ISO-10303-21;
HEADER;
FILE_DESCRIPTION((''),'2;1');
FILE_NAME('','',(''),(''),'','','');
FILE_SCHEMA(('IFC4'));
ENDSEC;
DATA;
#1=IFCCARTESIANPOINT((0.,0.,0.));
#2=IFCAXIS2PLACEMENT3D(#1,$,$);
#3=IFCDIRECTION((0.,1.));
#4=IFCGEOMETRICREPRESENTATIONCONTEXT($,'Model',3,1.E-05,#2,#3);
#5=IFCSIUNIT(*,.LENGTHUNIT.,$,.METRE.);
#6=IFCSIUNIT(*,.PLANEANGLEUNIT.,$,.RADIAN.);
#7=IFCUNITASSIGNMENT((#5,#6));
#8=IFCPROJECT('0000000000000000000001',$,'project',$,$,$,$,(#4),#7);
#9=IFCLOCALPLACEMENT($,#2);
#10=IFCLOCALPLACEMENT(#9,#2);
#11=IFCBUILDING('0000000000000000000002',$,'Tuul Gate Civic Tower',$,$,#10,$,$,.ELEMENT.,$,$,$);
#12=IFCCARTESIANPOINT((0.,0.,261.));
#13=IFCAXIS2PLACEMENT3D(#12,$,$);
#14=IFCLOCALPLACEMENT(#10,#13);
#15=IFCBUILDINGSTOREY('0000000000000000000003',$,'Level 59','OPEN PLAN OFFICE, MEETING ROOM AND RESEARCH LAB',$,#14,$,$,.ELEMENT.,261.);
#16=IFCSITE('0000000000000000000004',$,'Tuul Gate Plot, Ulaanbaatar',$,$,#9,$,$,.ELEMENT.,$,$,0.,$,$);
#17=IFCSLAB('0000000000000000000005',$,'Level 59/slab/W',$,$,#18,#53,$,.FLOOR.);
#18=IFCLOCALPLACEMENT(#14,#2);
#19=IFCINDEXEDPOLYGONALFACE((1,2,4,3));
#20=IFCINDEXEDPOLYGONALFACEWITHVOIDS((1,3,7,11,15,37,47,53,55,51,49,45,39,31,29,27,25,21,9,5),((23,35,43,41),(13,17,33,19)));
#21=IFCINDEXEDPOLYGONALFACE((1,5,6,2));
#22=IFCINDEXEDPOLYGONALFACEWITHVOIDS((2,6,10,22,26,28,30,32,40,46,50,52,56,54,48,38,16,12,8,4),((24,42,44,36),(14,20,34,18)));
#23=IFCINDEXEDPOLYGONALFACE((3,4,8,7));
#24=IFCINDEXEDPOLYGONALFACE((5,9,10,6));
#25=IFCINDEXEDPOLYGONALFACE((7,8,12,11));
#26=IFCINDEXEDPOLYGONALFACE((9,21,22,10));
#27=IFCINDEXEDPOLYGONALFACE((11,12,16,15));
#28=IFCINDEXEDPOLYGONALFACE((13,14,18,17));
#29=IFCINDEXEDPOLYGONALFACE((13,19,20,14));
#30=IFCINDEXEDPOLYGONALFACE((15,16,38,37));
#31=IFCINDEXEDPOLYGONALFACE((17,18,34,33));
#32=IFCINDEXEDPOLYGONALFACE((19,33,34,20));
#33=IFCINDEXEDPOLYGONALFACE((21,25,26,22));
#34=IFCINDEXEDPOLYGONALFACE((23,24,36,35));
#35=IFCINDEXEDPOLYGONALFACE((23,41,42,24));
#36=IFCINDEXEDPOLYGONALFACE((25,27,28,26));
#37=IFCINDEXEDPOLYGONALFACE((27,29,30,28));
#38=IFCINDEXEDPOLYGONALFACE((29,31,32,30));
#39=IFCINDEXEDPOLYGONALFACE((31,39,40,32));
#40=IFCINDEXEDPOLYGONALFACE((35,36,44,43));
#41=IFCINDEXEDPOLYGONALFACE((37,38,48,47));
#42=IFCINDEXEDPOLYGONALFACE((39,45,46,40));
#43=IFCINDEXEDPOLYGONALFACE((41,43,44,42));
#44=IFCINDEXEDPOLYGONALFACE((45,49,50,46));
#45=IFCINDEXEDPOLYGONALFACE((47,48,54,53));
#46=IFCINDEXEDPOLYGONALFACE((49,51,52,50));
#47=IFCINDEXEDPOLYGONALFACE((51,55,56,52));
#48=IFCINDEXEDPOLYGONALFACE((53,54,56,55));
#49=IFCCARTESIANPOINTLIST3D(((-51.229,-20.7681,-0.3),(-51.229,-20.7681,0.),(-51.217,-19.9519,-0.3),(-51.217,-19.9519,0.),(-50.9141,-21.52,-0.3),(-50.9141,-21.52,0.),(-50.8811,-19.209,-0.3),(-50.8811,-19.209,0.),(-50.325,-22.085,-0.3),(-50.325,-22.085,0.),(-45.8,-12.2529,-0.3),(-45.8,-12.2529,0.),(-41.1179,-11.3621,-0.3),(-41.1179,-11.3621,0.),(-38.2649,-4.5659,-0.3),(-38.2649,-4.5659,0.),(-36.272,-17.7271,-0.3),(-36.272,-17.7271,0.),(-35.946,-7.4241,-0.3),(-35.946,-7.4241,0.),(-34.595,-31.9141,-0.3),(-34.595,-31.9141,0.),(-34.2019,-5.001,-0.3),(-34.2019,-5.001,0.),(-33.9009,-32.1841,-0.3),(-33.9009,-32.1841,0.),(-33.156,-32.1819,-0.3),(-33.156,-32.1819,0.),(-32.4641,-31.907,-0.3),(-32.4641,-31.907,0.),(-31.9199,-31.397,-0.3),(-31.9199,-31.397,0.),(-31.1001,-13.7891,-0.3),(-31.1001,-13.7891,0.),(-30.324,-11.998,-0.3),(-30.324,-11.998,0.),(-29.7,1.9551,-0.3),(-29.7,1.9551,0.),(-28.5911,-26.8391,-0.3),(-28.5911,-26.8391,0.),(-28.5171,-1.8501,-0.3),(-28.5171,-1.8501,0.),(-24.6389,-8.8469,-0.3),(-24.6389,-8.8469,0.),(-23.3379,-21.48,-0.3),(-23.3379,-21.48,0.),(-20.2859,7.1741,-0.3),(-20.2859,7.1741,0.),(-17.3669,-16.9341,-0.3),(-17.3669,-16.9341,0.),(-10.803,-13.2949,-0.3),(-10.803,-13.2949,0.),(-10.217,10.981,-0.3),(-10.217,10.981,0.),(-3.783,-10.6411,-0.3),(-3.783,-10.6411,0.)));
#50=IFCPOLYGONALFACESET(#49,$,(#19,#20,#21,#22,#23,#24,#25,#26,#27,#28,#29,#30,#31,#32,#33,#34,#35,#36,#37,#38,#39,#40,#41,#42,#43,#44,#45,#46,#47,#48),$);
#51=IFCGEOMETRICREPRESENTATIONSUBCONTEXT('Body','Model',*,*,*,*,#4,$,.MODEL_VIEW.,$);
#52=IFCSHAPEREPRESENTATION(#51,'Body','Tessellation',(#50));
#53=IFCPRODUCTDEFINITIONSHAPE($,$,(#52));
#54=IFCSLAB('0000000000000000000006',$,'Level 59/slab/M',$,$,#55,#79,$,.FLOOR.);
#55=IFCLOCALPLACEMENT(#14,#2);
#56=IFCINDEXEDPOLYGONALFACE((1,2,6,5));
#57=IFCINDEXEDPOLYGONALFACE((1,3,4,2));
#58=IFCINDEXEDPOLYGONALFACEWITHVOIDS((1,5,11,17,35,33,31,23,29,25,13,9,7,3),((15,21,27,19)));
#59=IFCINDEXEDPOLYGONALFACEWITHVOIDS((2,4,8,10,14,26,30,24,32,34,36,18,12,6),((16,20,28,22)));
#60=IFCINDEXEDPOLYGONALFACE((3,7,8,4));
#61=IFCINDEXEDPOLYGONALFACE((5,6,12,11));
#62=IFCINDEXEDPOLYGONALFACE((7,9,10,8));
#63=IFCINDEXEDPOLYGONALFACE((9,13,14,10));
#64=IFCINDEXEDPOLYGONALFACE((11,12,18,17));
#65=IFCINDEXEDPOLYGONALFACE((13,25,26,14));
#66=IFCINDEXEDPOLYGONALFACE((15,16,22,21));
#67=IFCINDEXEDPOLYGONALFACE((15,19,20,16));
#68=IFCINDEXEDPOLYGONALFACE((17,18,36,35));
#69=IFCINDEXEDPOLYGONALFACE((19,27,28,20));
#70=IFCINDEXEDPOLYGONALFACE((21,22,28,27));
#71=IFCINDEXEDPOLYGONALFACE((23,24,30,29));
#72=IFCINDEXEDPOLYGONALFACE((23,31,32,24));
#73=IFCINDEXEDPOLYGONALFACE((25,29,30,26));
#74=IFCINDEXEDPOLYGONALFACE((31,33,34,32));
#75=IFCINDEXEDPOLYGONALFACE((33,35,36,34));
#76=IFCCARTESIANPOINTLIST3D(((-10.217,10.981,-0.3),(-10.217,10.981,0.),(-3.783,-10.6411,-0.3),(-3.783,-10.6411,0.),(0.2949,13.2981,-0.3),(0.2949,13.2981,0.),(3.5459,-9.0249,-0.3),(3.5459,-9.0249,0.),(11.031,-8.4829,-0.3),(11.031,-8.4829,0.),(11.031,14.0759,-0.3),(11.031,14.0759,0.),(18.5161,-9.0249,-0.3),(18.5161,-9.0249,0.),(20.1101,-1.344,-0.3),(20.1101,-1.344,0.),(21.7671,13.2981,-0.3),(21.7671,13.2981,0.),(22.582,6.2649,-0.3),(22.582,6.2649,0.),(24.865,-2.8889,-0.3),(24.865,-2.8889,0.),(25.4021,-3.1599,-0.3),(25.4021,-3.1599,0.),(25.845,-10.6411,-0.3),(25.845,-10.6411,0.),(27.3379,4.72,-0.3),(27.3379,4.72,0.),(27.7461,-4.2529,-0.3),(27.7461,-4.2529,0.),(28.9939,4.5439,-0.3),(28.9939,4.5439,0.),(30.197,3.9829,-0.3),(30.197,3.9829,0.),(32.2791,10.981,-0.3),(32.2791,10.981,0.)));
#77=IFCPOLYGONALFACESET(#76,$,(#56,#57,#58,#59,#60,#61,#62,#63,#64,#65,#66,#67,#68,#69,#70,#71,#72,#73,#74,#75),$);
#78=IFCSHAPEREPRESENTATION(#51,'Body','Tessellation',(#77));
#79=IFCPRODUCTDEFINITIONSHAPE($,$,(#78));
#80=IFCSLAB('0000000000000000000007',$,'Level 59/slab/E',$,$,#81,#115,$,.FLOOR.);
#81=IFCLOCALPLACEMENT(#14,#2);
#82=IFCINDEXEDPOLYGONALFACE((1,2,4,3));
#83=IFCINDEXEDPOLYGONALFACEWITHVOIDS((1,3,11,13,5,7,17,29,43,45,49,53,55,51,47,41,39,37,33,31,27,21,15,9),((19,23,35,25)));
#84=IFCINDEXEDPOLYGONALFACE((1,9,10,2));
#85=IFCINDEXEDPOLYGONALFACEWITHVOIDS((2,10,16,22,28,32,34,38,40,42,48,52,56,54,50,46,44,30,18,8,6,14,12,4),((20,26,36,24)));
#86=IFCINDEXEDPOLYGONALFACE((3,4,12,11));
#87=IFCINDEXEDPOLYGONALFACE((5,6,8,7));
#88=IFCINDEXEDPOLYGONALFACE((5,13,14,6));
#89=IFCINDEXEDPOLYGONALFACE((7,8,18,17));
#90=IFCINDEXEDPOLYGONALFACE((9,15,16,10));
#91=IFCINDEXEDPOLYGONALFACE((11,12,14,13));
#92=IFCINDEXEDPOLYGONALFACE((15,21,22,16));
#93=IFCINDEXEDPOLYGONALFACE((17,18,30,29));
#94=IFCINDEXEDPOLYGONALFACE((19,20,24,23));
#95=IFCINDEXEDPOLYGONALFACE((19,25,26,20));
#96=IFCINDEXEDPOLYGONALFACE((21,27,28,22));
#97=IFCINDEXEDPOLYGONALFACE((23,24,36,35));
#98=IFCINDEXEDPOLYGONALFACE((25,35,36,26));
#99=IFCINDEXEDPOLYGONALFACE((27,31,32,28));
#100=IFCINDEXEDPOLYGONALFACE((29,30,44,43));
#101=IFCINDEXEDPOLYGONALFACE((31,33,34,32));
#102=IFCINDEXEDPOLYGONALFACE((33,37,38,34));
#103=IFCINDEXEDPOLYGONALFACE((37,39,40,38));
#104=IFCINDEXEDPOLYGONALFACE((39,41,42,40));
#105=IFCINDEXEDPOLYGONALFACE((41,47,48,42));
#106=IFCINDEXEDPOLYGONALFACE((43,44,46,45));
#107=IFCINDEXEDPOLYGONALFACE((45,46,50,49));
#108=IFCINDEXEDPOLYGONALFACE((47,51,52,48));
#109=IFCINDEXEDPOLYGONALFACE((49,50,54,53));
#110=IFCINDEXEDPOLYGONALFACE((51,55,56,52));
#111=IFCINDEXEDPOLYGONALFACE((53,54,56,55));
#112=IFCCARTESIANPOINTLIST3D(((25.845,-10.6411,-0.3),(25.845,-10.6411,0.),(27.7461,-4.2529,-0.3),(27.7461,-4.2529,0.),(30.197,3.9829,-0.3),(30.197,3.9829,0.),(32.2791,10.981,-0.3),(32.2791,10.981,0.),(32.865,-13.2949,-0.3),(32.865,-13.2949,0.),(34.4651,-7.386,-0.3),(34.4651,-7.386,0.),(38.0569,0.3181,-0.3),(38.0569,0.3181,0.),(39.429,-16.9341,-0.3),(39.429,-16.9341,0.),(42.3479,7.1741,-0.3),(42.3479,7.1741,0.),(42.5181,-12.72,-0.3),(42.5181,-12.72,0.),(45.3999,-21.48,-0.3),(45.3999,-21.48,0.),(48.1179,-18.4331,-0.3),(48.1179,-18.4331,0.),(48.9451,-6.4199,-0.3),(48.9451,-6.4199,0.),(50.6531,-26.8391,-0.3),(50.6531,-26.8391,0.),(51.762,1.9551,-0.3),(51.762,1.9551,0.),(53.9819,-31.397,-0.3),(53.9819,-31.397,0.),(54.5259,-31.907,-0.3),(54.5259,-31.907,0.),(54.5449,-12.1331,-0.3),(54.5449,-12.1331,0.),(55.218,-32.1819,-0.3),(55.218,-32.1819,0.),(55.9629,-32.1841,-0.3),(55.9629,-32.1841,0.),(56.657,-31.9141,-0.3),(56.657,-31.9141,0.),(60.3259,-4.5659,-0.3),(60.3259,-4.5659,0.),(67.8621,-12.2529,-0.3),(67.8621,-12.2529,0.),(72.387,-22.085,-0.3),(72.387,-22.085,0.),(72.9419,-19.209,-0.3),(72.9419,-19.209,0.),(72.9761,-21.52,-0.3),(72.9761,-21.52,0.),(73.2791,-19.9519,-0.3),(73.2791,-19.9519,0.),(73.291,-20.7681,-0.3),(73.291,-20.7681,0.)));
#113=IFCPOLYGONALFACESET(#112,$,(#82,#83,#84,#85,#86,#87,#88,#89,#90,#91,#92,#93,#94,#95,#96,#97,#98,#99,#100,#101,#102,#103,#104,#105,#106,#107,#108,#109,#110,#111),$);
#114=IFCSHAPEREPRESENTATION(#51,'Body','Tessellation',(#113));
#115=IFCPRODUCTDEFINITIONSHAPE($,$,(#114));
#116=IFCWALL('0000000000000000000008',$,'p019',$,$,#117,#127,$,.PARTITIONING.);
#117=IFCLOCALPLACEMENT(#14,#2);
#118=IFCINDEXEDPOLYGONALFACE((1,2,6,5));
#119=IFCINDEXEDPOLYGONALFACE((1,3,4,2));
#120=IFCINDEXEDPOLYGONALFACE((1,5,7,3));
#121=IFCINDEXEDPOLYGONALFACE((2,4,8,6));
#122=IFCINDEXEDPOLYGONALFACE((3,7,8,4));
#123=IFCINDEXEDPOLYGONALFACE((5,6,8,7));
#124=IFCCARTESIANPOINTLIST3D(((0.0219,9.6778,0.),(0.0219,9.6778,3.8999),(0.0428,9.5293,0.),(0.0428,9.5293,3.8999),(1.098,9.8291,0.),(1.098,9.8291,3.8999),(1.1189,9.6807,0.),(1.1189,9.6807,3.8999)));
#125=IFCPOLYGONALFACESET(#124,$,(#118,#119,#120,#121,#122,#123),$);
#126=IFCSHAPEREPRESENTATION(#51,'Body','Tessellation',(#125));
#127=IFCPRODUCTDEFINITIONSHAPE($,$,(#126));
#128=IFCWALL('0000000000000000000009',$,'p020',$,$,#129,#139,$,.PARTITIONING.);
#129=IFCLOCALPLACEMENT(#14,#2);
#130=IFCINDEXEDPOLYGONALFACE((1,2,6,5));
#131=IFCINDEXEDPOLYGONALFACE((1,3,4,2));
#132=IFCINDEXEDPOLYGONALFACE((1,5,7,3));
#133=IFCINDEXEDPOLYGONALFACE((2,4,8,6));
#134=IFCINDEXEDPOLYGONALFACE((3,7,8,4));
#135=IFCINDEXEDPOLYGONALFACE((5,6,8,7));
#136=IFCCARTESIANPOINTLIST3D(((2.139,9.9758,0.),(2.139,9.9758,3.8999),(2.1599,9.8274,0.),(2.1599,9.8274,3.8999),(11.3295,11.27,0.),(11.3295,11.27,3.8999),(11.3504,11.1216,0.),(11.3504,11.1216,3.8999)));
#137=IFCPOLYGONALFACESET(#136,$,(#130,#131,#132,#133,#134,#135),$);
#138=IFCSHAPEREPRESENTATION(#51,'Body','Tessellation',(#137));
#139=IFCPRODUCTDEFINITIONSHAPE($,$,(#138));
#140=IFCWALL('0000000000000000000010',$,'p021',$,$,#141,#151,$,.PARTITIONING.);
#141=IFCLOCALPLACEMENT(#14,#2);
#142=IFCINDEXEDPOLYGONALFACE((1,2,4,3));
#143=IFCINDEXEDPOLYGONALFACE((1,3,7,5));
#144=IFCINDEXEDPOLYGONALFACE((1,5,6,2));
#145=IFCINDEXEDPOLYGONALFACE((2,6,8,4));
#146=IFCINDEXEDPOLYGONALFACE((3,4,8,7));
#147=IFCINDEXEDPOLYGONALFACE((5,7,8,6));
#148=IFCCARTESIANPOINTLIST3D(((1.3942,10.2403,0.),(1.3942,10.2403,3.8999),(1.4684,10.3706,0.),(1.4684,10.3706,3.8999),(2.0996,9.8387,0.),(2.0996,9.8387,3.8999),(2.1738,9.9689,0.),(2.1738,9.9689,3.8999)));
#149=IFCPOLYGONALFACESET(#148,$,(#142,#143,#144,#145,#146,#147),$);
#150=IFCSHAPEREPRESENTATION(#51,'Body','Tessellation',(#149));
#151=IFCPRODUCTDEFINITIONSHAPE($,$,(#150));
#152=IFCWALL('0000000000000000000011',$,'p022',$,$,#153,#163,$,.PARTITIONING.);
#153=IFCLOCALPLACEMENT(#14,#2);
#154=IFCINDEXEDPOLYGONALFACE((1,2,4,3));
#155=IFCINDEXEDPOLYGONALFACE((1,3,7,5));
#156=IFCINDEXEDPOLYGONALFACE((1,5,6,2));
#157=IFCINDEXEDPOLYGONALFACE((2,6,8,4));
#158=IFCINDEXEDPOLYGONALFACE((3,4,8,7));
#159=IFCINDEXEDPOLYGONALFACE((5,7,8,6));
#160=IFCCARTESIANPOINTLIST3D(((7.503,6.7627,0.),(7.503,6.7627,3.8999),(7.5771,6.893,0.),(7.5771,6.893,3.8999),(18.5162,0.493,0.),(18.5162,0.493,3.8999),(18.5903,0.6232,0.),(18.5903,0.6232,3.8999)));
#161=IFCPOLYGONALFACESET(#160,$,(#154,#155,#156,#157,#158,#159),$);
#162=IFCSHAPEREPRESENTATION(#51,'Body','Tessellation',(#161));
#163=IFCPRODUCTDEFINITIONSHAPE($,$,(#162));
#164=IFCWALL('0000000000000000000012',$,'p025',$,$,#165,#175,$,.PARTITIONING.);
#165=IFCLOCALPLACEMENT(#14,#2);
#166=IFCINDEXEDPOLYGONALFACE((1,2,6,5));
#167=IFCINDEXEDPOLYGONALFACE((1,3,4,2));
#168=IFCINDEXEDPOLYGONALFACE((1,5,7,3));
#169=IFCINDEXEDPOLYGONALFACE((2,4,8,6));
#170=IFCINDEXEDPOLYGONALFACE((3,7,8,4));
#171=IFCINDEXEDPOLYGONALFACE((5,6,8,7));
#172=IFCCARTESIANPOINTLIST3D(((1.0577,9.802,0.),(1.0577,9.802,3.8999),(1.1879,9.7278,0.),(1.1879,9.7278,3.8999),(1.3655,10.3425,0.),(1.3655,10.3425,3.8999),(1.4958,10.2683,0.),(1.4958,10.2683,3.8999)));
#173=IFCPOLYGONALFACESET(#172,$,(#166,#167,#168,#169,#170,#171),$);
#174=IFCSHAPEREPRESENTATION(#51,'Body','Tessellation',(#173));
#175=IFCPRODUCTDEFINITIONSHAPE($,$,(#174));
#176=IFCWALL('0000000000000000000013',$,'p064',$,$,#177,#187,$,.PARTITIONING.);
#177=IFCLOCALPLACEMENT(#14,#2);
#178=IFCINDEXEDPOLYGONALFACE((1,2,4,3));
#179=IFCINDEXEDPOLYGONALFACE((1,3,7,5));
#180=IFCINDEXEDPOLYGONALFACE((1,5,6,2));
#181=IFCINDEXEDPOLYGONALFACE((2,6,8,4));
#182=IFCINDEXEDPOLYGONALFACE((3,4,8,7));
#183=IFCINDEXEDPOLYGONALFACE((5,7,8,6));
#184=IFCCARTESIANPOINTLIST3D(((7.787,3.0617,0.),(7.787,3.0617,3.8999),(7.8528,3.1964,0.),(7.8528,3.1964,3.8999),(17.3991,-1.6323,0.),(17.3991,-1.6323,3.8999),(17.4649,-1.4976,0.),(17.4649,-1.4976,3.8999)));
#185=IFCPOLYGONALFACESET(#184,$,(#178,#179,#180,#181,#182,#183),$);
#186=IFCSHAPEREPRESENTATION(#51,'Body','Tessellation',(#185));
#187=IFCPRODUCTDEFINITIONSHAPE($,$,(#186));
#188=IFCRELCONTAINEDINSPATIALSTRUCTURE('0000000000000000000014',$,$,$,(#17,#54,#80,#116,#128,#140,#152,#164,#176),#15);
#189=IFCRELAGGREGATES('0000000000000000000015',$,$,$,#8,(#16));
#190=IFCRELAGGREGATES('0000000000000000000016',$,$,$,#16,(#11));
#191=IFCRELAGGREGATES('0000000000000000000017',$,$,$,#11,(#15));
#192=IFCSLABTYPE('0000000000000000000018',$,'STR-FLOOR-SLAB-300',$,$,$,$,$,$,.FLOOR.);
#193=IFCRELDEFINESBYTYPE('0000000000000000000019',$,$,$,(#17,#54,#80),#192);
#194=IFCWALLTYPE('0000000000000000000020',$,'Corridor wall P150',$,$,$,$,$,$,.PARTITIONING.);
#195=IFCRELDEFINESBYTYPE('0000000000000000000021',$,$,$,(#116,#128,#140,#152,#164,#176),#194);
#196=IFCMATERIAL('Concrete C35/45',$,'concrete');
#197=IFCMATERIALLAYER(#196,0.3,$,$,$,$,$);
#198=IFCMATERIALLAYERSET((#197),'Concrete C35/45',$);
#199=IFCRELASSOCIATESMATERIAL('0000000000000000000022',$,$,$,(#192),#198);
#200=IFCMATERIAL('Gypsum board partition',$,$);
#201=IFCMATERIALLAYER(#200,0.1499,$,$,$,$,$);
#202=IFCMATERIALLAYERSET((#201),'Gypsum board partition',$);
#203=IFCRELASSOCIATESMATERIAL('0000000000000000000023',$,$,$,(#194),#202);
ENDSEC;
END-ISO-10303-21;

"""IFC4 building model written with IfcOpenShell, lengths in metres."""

from ifc_helpers import new_model, si_unit, direction, frame, frame_2d, origin, place, context, subcontext, project, spatial, polyline, rectangle, outline, extrude, material, layer, layer_set, type_object, element, save


model = new_model("IFC4")

# Units and contexts
model_context = context("Model", 3, precision=1e-05, world=origin(), true_north=direction((0.0, 1.0)))
body_context = subcontext(model_context, "Body", "Model", "MODEL_VIEW")
ifc_project = project(units=[si_unit("LENGTHUNIT", "METRE"), si_unit("PLANEANGLEUNIT", "RADIAN")], contexts=[model_context])

# Site, building, storey
site_placement = place(None, origin())
site = spatial("IfcSite", under=ifc_project, at=site_placement, Name="Tuul Gate Plot, Ulaanbaatar", CompositionType="ELEMENT", RefElevation=0.0)
building_placement = place(site_placement, origin())
building = spatial("IfcBuilding", under=site, at=building_placement, Name="Tuul Gate Civic Tower", CompositionType="ELEMENT")
storey_placement = place(building_placement, frame((0.0, 0.0, 261.0)))
storey = spatial("IfcBuildingStorey", under=building, at=storey_placement, Name="Level 59", Description="OPEN PLAN OFFICE, MEETING ROOM AND RESEARCH LAB", CompositionType="ELEMENT", Elevation=261.0)

# Slabs
ifc_material_1 = material(Name="Concrete C35/45", Category="concrete")
ifc_layer_1 = layer(ifc_material_1, 0.3)
ifc_layer_set_1 = layer_set([ifc_layer_1], Name="Concrete C35/45")
slab_type_1 = type_object("IfcSlabType", Name="STR-FLOOR-SLAB-300", PredefinedType="FLOOR", material=ifc_layer_set_1)
slab_1_placement = place(storey_placement, frame((0.0, 0.0, -0.3)))
element("IfcSlab", 1, at=slab_1_placement, inside=storey, type_object=slab_type_1, Name="Level 59/slab/W", PredefinedType="FLOOR", context=body_context, shape_type="SweptSolid", body=[
    extrude(outline(polyline([(-10.803, -13.2949), (-3.783, -10.6411), (-10.217, 10.981), (-20.2859, 7.1741), (-29.7, 1.9551), (-38.2649, -4.5659), (-45.8, -12.2529), (-50.8811, -19.209), (-51.217, -19.9519), (-51.229, -20.7681), (-50.9141, -21.52), (-50.325, -22.085), (-34.595, -31.9141), (-33.9009, -32.1841), (-33.156, -32.1819), (-32.4641, -31.907), (-31.9199, -31.397), (-28.5911, -26.8391), (-23.3379, -21.48), (-17.3669, -16.9341), (-10.803, -13.2949)]), holes=[polyline([(-31.1001, -13.7891), (-36.272, -17.7271), (-41.1179, -11.3621), (-35.946, -7.4241), (-31.1001, -13.7891)]), polyline([(-24.6389, -8.8469), (-30.324, -11.998), (-34.2019, -5.001), (-28.5171, -1.8501), (-24.6389, -8.8469)])]), origin(), (0.0, 0.0, 1.0), 0.3),
])
slab_2_placement = place(storey_placement, frame((0.0, 0.0, -0.3)))
element("IfcSlab", 2, at=slab_2_placement, inside=storey, type_object=slab_type_1, Name="Level 59/slab/M", PredefinedType="FLOOR", context=body_context, shape_type="SweptSolid", body=[
    extrude(outline(polyline([(18.5161, -9.0249), (25.845, -10.6411), (27.7461, -4.2529), (25.4021, -3.1599), (28.9939, 4.5439), (30.197, 3.9829), (32.2791, 10.981), (21.7671, 13.2981), (11.031, 14.0759), (0.2949, 13.2981), (-10.217, 10.981), (-3.783, -10.6411), (3.5459, -9.0249), (11.031, -8.4829), (18.5161, -9.0249)]), holes=[polyline([(20.1101, -1.344), (22.582, 6.2649), (27.3379, 4.72), (24.865, -2.8889), (20.1101, -1.344)])]), origin(), (0.0, 0.0, 1.0), 0.3),
])
slab_3_placement = place(storey_placement, frame((0.0, 0.0, -0.3)))
element("IfcSlab", 3, at=slab_3_placement, inside=storey, type_object=slab_type_1, Name="Level 59/slab/E", PredefinedType="FLOOR", context=body_context, shape_type="SweptSolid", body=[
    extrude(outline(polyline([(55.9629, -32.1841), (56.657, -31.9141), (72.387, -22.085), (72.9761, -21.52), (73.291, -20.7681), (73.2791, -19.9519), (72.9419, -19.209), (67.8621, -12.2529), (60.3259, -4.5659), (51.762, 1.9551), (42.3479, 7.1741), (32.2791, 10.981), (30.197, 3.9829), (38.0569, 0.3181), (34.4651, -7.386), (27.7461, -4.2529), (25.845, -10.6411), (32.865, -13.2949), (39.429, -16.9341), (45.3999, -21.48), (50.6531, -26.8391), (53.9819, -31.397), (54.5259, -31.907), (55.218, -32.1819), (55.9629, -32.1841)]), holes=[polyline([(48.1179, -18.4331), (42.5181, -12.72), (48.9451, -6.4199), (54.5449, -12.1331), (48.1179, -18.4331)])]), origin(), (0.0, 0.0, 1.0), 0.3),
])

# Walls
ifc_material_2 = material(Name="Gypsum board partition")
ifc_layer_2 = layer(ifc_material_2, 0.1499)
ifc_layer_set_2 = layer_set([ifc_layer_2], Name="Gypsum board partition")
wall_type_1 = type_object("IfcWallType", Name="Corridor wall P150", PredefinedType="PARTITIONING", material=ifc_layer_set_2)
wall_1_placement = place(storey_placement, frame((0.0322, 9.6035, 0.0), z_axis=(0.0, 0.0, 1.0), x_axis=(0.990253, 0.139282, 0.0)))
element("IfcWall", 4, at=wall_1_placement, inside=storey, type_object=wall_type_1, Name="p019", PredefinedType="PARTITIONING", context=body_context, shape_type="SweptSolid", body=[
    extrude(rectangle(XDim=1.0867, YDim=0.1499, at=frame_2d((0.5435, 0.0))), origin(), (0.0, 0.0, 1.0), 3.8999),
])
wall_2_placement = place(storey_placement, frame((2.1494, 9.9016, 0.0), z_axis=(0.0, 0.0, 1.0), x_axis=(0.990231, 0.13944, 0.0)))
element("IfcWall", 5, at=wall_2_placement, inside=storey, type_object=wall_type_1, Name="p020", PredefinedType="PARTITIONING", context=body_context, shape_type="SweptSolid", body=[
    extrude(rectangle(XDim=9.2812, YDim=0.1499, at=frame_2d((4.6406, 0.0))), origin(), (0.0, 0.0, 1.0), 3.8999),
])
wall_3_placement = place(storey_placement, frame((1.4314, 10.3054, 0.0), z_axis=(0.0, 0.0, 1.0), x_axis=(0.869001, -0.49481, 0.0)))
element("IfcWall", 6, at=wall_3_placement, inside=storey, type_object=wall_type_1, Name="p021", PredefinedType="PARTITIONING", context=body_context, shape_type="SweptSolid", body=[
    extrude(rectangle(XDim=0.8118, YDim=0.1499, at=frame_2d((0.4058, 0.0))), origin(), (0.0, 0.0, 1.0), 3.8999),
])
wall_4_placement = place(storey_placement, frame((7.54, 6.8279, 0.0), z_axis=(0.0, 0.0, 1.0), x_axis=(0.86904, -0.494742, 0.0)))
element("IfcWall", 7, at=wall_4_placement, inside=storey, type_object=wall_type_1, Name="p022", PredefinedType="PARTITIONING", context=body_context, shape_type="SweptSolid", body=[
    extrude(rectangle(XDim=12.6729, YDim=0.1499, at=frame_2d((6.3364, 0.0))), origin(), (0.0, 0.0, 1.0), 3.8999),
])
wall_5_placement = place(storey_placement, frame((1.1228, 9.7649, 0.0), z_axis=(0.0, 0.0, 1.0), x_axis=(0.494913, 0.868943, 0.0)))
element("IfcWall", 8, at=wall_5_placement, inside=storey, type_object=wall_type_1, Name="p025", PredefinedType="PARTITIONING", context=body_context, shape_type="SweptSolid", body=[
    extrude(rectangle(XDim=0.6221, YDim=0.1499, at=frame_2d((0.311, 0.0))), origin(), (0.0, 0.0, 1.0), 3.8999),
])
wall_6_placement = place(storey_placement, frame((7.8198, 3.1292, 0.0), z_axis=(0.0, 0.0, 1.0), x_axis=(0.898574, -0.438822, 0.0)))
element("IfcWall", 9, at=wall_6_placement, inside=storey, type_object=wall_type_1, Name="p064", PredefinedType="PARTITIONING", context=body_context, shape_type="SweptSolid", body=[
    extrude(rectangle(XDim=10.697, YDim=0.1499, at=frame_2d((5.3486, 0.0))), origin(), (0.0, 0.0, 1.0), 3.8999),
])

save(model, "model.ifc")
